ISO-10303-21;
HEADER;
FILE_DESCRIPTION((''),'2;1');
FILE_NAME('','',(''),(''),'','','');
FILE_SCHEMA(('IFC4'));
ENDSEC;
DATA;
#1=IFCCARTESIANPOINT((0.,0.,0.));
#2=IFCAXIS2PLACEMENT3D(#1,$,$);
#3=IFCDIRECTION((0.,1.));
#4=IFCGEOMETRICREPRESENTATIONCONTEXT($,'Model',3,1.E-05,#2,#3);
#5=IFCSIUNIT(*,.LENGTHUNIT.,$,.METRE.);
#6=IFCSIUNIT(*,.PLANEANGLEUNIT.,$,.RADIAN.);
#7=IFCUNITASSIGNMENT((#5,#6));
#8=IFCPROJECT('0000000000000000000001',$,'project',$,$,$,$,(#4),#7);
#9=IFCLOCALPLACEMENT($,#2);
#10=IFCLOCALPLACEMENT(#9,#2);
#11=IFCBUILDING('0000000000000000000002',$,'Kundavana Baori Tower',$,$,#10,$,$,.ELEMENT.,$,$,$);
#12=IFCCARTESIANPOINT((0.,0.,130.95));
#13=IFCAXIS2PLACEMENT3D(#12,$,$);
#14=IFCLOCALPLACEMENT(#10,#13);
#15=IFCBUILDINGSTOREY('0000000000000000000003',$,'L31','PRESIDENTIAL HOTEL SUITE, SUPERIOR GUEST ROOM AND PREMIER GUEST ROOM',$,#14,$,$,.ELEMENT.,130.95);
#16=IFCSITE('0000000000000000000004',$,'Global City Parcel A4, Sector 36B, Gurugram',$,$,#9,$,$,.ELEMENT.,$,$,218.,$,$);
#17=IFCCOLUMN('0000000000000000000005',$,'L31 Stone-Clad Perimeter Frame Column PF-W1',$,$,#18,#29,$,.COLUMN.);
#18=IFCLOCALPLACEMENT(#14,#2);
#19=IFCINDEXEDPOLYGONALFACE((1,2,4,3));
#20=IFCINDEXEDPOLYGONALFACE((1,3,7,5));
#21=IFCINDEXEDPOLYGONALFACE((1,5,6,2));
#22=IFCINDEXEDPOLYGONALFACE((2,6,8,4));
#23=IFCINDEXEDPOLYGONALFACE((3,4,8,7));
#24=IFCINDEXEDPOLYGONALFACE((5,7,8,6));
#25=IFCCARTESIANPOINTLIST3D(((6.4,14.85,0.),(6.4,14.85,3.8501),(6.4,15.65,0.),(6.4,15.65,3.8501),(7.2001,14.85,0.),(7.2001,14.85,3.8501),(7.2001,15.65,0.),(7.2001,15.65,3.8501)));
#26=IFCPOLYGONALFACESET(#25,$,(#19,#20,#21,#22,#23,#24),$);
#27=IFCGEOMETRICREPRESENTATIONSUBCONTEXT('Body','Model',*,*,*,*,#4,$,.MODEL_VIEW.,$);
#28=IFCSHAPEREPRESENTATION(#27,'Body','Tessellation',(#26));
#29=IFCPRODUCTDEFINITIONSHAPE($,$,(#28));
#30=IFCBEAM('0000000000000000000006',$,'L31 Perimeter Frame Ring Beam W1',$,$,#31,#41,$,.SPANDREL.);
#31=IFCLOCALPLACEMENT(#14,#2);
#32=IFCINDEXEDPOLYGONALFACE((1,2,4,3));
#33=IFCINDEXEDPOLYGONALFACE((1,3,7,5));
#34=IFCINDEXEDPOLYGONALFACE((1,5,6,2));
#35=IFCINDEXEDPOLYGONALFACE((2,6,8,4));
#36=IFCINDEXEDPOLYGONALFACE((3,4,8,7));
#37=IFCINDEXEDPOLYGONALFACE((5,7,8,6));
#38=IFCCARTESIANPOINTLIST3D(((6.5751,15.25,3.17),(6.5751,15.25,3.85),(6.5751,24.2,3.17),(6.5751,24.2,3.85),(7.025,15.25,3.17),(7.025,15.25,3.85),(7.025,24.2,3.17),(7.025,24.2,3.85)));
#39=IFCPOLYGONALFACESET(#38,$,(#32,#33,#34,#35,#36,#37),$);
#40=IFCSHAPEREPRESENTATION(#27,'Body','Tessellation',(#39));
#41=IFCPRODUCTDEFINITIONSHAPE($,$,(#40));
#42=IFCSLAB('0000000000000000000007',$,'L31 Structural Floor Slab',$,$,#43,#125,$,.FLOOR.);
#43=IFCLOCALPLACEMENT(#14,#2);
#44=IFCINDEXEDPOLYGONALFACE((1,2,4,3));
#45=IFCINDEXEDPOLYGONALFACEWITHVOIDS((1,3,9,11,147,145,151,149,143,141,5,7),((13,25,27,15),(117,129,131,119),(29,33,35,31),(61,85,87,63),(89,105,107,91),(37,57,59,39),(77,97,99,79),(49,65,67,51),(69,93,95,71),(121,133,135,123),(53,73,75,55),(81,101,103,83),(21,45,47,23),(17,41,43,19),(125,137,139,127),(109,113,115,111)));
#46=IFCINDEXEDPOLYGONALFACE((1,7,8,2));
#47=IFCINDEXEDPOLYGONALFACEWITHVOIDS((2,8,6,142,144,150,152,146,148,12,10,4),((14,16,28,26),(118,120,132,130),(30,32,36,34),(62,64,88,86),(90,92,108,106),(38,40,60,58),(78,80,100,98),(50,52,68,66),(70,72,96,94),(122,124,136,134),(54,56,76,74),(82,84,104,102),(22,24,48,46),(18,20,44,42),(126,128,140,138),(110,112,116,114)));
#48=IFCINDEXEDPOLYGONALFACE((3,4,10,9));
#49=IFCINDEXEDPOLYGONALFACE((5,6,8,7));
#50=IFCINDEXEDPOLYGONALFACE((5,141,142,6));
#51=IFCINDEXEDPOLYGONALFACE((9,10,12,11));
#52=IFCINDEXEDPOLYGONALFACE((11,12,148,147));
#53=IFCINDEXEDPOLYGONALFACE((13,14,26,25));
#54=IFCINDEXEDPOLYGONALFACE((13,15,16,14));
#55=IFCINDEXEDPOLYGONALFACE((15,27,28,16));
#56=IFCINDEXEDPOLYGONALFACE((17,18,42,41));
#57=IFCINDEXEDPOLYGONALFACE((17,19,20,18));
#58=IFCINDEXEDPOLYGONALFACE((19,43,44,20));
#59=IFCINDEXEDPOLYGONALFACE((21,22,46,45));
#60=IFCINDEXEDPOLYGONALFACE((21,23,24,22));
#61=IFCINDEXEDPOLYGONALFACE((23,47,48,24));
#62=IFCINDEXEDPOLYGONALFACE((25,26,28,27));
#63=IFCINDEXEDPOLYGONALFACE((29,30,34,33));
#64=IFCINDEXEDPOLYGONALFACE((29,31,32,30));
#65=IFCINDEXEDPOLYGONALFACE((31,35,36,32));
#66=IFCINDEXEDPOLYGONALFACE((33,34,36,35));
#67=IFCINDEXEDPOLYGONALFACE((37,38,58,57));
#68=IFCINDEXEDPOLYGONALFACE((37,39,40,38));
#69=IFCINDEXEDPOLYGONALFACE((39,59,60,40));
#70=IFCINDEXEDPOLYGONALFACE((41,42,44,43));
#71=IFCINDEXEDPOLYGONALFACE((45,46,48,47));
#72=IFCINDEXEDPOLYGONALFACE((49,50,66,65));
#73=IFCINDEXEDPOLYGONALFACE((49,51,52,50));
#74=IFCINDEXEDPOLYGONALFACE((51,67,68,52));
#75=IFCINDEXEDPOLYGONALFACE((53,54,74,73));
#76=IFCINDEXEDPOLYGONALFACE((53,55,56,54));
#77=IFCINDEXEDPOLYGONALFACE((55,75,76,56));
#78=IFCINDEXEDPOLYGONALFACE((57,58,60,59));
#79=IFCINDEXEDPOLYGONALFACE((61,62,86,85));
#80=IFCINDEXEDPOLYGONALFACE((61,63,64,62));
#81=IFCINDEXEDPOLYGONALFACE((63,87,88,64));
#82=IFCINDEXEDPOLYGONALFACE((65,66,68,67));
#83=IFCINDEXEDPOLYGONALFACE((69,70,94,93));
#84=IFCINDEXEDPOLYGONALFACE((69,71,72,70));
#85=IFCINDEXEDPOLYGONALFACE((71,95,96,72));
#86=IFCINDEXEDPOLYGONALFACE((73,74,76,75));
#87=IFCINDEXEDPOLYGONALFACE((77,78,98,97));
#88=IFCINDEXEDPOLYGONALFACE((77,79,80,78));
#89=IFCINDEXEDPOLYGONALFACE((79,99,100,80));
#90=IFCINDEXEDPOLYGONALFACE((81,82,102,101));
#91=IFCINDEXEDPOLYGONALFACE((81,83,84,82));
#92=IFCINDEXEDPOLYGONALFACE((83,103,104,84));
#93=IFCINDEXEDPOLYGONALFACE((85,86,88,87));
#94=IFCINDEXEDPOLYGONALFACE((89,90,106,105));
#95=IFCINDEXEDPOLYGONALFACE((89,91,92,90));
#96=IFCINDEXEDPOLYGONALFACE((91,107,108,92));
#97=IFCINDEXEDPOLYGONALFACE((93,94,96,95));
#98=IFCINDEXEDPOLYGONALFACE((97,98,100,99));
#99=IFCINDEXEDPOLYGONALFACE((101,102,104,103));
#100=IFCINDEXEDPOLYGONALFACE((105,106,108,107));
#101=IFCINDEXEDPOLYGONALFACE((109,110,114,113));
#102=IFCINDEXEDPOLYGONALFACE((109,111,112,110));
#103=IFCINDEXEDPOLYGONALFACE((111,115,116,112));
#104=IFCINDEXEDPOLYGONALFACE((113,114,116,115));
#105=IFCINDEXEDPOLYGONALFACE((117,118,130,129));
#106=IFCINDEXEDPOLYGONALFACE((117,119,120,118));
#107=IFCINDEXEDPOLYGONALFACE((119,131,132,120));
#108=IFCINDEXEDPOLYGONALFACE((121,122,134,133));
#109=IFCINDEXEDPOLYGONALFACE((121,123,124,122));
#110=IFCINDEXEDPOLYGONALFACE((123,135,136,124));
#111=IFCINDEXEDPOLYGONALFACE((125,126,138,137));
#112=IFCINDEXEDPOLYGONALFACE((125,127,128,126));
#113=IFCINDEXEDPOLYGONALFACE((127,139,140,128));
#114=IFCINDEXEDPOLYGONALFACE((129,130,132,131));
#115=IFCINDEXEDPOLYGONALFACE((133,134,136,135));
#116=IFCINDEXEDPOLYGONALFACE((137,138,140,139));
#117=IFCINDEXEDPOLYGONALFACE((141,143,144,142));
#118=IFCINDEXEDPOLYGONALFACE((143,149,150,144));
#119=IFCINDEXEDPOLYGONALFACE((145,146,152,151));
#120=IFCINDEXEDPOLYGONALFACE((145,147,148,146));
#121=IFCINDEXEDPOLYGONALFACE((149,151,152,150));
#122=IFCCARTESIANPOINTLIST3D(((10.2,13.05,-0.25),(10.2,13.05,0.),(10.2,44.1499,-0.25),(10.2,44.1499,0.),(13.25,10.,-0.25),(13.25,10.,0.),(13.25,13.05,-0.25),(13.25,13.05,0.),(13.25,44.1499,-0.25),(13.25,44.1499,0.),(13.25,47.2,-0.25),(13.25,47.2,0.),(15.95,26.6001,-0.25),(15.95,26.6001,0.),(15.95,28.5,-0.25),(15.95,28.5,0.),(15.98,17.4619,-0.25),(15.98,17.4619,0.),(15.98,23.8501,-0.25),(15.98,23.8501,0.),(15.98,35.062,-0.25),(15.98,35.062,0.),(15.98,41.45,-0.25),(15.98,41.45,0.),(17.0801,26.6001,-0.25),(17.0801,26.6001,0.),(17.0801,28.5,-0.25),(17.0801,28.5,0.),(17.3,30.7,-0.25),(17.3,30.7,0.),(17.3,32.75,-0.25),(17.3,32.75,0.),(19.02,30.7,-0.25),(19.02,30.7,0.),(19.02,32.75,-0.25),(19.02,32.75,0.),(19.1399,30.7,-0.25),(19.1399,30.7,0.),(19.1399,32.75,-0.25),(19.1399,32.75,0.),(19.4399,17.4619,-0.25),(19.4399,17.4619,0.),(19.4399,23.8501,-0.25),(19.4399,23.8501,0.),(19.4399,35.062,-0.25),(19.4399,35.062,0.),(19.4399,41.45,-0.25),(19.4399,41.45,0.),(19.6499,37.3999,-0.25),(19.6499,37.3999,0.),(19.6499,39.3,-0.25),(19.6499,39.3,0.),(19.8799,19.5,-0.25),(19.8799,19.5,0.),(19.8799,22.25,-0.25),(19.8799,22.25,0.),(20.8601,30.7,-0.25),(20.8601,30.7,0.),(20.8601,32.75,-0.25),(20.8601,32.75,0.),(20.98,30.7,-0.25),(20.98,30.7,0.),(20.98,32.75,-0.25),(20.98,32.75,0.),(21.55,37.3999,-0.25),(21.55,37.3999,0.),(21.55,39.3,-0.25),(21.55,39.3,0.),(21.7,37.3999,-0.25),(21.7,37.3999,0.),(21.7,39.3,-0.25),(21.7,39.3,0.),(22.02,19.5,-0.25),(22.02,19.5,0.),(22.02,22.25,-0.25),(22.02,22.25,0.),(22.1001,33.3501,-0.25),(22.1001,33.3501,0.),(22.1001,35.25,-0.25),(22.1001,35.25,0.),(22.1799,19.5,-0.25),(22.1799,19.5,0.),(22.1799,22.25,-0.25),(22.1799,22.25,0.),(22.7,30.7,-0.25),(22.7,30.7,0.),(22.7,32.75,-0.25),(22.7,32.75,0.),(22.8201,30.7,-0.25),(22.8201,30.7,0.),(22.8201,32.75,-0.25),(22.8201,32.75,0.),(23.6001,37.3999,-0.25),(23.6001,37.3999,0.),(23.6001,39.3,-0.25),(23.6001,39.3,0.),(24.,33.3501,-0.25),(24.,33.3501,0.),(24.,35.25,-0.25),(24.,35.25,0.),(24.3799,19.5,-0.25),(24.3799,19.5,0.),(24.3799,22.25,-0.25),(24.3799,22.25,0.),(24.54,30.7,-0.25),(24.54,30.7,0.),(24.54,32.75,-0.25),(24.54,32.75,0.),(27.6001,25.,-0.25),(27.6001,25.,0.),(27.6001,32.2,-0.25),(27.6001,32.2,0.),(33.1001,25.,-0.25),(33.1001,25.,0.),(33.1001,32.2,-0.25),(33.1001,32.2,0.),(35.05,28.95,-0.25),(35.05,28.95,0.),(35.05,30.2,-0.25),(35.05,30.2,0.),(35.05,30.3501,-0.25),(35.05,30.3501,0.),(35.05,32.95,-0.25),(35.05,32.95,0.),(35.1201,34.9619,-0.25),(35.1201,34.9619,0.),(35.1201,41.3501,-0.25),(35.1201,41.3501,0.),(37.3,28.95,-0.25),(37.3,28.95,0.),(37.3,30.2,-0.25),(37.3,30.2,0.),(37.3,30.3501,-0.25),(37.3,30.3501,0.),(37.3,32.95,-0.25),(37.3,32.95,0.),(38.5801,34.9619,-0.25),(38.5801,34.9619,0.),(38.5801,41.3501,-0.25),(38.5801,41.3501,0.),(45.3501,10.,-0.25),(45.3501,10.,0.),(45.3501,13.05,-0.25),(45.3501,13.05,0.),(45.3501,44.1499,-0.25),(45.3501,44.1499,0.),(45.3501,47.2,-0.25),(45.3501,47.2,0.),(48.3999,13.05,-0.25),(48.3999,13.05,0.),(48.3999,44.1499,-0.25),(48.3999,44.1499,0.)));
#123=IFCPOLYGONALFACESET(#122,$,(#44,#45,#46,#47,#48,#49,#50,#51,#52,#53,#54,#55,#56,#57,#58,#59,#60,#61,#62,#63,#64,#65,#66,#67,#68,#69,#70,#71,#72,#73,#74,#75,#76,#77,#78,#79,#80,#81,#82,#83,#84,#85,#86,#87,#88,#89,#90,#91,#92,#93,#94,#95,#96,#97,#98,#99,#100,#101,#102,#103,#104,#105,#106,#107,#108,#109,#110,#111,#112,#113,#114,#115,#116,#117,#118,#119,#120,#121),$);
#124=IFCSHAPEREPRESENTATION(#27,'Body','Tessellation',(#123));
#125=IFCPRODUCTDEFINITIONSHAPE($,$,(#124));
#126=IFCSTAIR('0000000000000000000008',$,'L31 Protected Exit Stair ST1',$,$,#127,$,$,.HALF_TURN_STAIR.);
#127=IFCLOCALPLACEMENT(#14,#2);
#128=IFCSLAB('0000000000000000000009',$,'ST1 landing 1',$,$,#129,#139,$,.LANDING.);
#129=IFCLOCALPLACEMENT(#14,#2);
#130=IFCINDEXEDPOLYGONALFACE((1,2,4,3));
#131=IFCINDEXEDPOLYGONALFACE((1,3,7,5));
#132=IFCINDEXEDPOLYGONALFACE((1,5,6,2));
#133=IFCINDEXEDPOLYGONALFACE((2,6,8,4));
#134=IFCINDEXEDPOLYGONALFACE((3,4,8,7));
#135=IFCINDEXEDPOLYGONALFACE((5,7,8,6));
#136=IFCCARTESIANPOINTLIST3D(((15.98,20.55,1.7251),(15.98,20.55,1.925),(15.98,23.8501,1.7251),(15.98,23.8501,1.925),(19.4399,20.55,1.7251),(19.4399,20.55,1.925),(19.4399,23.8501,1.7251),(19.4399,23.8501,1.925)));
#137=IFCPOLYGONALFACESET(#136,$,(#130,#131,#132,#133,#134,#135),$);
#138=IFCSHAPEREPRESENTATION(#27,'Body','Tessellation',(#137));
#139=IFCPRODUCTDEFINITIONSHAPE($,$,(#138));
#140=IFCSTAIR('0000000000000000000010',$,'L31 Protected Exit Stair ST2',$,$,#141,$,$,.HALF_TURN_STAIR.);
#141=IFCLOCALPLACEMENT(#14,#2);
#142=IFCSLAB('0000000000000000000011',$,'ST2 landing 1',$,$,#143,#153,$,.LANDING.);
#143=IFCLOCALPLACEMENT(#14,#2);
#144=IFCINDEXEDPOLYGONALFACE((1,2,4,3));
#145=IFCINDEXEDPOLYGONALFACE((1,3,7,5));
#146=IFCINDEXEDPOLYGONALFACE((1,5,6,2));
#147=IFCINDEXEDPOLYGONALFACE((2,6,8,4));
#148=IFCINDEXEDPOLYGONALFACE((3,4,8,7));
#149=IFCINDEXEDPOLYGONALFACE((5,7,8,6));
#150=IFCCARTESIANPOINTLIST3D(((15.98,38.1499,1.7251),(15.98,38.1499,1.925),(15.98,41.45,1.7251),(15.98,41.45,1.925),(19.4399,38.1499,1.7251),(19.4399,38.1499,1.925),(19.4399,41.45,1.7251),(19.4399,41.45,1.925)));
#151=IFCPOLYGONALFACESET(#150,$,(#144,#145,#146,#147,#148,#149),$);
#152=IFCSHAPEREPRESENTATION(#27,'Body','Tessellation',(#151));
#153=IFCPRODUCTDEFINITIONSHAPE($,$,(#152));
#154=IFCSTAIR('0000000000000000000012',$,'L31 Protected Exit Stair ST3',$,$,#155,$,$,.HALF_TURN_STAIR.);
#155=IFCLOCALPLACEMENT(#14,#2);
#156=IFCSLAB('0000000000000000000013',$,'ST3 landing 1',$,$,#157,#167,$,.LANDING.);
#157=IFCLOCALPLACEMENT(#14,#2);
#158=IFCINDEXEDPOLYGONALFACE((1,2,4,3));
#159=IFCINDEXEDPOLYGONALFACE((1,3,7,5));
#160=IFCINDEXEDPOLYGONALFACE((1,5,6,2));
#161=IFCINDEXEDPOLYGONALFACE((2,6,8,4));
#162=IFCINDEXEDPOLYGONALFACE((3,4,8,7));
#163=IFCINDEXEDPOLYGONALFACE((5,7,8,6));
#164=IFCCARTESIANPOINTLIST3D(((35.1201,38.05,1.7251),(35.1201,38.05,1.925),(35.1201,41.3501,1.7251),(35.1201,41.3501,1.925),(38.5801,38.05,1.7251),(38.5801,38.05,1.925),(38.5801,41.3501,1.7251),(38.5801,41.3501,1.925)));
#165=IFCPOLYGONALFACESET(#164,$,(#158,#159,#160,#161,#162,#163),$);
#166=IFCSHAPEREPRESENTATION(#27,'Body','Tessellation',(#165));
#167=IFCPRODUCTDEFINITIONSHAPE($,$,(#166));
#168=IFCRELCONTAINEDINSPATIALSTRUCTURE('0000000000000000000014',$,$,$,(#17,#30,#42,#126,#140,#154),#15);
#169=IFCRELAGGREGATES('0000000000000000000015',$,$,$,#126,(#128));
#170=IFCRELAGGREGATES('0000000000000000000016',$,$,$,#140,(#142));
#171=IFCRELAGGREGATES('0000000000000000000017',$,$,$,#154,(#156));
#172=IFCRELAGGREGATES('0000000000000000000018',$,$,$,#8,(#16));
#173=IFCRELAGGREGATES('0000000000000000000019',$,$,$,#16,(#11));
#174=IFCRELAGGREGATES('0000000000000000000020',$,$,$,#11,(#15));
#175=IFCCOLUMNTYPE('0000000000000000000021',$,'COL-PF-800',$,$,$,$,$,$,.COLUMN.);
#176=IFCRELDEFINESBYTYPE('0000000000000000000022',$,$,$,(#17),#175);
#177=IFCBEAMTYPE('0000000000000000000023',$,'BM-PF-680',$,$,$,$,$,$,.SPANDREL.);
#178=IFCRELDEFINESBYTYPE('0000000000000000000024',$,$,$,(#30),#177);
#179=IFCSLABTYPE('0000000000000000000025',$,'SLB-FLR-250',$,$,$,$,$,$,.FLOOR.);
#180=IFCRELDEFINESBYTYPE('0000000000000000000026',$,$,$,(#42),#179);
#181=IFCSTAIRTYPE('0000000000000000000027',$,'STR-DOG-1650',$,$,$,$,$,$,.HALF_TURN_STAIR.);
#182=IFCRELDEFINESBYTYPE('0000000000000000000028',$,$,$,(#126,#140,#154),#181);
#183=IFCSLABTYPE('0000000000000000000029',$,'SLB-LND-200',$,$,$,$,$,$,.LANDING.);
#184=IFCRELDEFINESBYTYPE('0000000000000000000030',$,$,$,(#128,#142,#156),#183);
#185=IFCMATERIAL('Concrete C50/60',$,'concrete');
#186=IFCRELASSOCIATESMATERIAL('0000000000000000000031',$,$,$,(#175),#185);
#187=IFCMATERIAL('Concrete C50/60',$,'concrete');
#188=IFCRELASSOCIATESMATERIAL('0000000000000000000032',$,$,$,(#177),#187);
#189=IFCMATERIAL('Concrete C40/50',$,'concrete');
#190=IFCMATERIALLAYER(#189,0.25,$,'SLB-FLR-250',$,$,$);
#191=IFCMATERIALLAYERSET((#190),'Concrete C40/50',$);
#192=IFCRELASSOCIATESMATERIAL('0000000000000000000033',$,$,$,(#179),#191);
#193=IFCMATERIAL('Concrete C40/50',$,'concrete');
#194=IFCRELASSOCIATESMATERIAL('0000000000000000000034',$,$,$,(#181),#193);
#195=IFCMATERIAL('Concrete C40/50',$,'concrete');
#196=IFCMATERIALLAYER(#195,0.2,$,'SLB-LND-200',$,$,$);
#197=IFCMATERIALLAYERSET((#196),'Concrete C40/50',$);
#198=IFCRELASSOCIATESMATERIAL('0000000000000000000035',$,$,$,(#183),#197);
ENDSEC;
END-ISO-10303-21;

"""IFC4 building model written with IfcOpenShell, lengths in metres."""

from ifc_helpers import new_model, si_unit, direction, frame, origin, origin_2d, place, context, subcontext, project, spatial, polyline, rectangle, outline, extrude, material, layer, layer_set, material_profile, profile_set, type_object, element, aggregate, save


model = new_model("IFC4")

# Units and contexts
model_context = context("Model", 3, precision=1e-05, world=origin(), true_north=direction((0.0, 1.0)))
body_context = subcontext(model_context, "Body", "Model", "MODEL_VIEW")
ifc_project = project(units=[si_unit("LENGTHUNIT", "METRE"), si_unit("PLANEANGLEUNIT", "RADIAN")], contexts=[model_context])

# Site, building, storey
site_placement = place(None, origin())
site = spatial("IfcSite", under=ifc_project, at=site_placement, Name="Global City Parcel A4, Sector 36B, Gurugram", CompositionType="ELEMENT", RefElevation=218.0)
building_placement = place(site_placement, origin())
building = spatial("IfcBuilding", under=site, at=building_placement, Name="Kundavana Baori Tower", CompositionType="ELEMENT")
storey_placement = place(building_placement, frame((0.0, 0.0, 130.95)))
storey = spatial("IfcBuildingStorey", under=building, at=storey_placement, Name="L31", Description="PRESIDENTIAL HOTEL SUITE, SUPERIOR GUEST ROOM AND PREMIER GUEST ROOM", CompositionType="ELEMENT", Elevation=130.95)

# Column
ifc_material_1 = material(Name="Concrete C50/60", Category="concrete")
ifc_material_profile_1 = material_profile(ifc_material_1, rectangle(XDim=0.8, YDim=0.8, at=origin_2d()), Name="RC PF 800x800")
ifc_profile_set_1 = profile_set([ifc_material_profile_1], Name="Concrete C50/60")
column_type = type_object("IfcColumnType", Name="COL-PF-800", PredefinedType="COLUMN", material=ifc_profile_set_1)
column_placement = place(storey_placement, frame((6.8, 15.25, 0.0), z_axis=(0.0, 0.0, 1.0), x_axis=(1.0, 0.0, 0.0)))
element("IfcColumn", 1, at=column_placement, inside=storey, type_object=column_type, Name="L31 Stone-Clad Perimeter Frame Column PF-W1", PredefinedType="COLUMN", context=body_context, shape_type="SweptSolid", body=[
    extrude(rectangle(XDim=0.8, YDim=0.8, at=origin_2d()), origin(), (0.0, 0.0, 1.0), 3.8501),
])

# Beam
ifc_material_2 = material(Name="Concrete C50/60", Category="concrete")
ifc_material_profile_2 = material_profile(ifc_material_2, rectangle(XDim=0.45, YDim=0.6799, at=origin_2d()), Name="RC BM 450x680")
ifc_profile_set_2 = profile_set([ifc_material_profile_2], Name="Concrete C50/60")
beam_type = type_object("IfcBeamType", Name="BM-PF-680", PredefinedType="SPANDREL", material=ifc_profile_set_2)
beam_placement = place(storey_placement, frame((6.8, 15.25, 3.51), z_axis=(0.0, 1.0, 0.0), x_axis=(-1.0, 0.0, 0.0)))
element("IfcBeam", 2, at=beam_placement, inside=storey, type_object=beam_type, Name="L31 Perimeter Frame Ring Beam W1", PredefinedType="SPANDREL", context=body_context, shape_type="SweptSolid", body=[
    extrude(rectangle(XDim=0.45, YDim=0.6799, at=origin_2d()), origin(), (0.0, 0.0, 1.0), 8.95),
])

# Slab
ifc_material_3 = material(Name="Concrete C40/50", Category="concrete")
ifc_layer_1 = layer(ifc_material_3, 0.25, Name="SLB-FLR-250")
ifc_layer_set_1 = layer_set([ifc_layer_1], Name="Concrete C40/50")
slab_type_1 = type_object("IfcSlabType", Name="SLB-FLR-250", PredefinedType="FLOOR", material=ifc_layer_set_1)
slab_1_placement = place(storey_placement, frame((0.0, 0.0, -0.25)))
element("IfcSlab", 3, at=slab_1_placement, inside=storey, type_object=slab_type_1, Name="L31 Structural Floor Slab", PredefinedType="FLOOR", context=body_context, shape_type="SweptSolid", body=[
    extrude(outline(polyline([(13.25, 10.0), (45.3501, 10.0), (45.3501, 13.05), (48.3999, 13.05), (48.3999, 44.1499), (45.3501, 44.1499), (45.3501, 47.2), (13.25, 47.2), (13.25, 44.1499), (10.2, 44.1499), (10.2, 13.05), (13.25, 13.05), (13.25, 10.0)]), holes=[polyline([(19.4399, 17.4619), (19.4399, 23.8501), (15.98, 23.8501), (15.98, 17.4619), (19.4399, 17.4619)]), polyline([(19.4399, 35.062), (19.4399, 41.45), (15.98, 41.45), (15.98, 35.062), (19.4399, 35.062)]), polyline([(38.5801, 34.9619), (38.5801, 41.3501), (35.1201, 41.3501), (35.1201, 34.9619), (38.5801, 34.9619)]), polyline([(17.3, 30.7), (19.02, 30.7), (19.02, 32.75), (17.3, 32.75), (17.3, 30.7)]), polyline([(19.1399, 30.7), (20.8601, 30.7), (20.8601, 32.75), (19.1399, 32.75), (19.1399, 30.7)]), polyline([(20.98, 30.7), (22.7, 30.7), (22.7, 32.75), (20.98, 32.75), (20.98, 30.7)]), polyline([(22.8201, 30.7), (24.54, 30.7), (24.54, 32.75), (22.8201, 32.75), (22.8201, 30.7)]), polyline([(19.6499, 37.3999), (21.55, 37.3999), (21.55, 39.3), (19.6499, 39.3), (19.6499, 37.3999)]), polyline([(21.7, 37.3999), (23.6001, 37.3999), (23.6001, 39.3), (21.7, 39.3), (21.7, 37.3999)]), polyline([(22.1001, 33.3501), (24.0, 33.3501), (24.0, 35.25), (22.1001, 35.25), (22.1001, 33.3501)]), polyline([(19.8799, 19.5), (22.02, 19.5), (22.02, 22.25), (19.8799, 22.25), (19.8799, 19.5)]), polyline([(22.1799, 19.5), (24.3799, 19.5), (24.3799, 22.25), (22.1799, 22.25), (22.1799, 19.5)]), polyline([(35.05, 30.3501), (37.3, 30.3501), (37.3, 32.95), (35.05, 32.95), (35.05, 30.3501)]), polyline([(15.95, 26.6001), (17.0801, 26.6001), (17.0801, 28.5), (15.95, 28.5), (15.95, 26.6001)]), polyline([(35.05, 28.95), (37.3, 28.95), (37.3, 30.2), (35.05, 30.2), (35.05, 28.95)]), polyline([(27.6001, 25.0), (33.1001, 25.0), (33.1001, 32.2), (27.6001, 32.2), (27.6001, 25.0)])]), origin(), (0.0, 0.0, 1.0), 0.25),
])

# Stairs, slabs
ifc_material_4 = material(Name="Concrete C40/50", Category="concrete")
stair_type = type_object("IfcStairType", Name="STR-DOG-1650", PredefinedType="HALF_TURN_STAIR", material=ifc_material_4)
stair_1_placement = place(storey_placement, origin())
stair_1 = element("IfcStair", 4, at=stair_1_placement, inside=storey, type_object=stair_type, Name="L31 Protected Exit Stair ST1", PredefinedType="HALF_TURN_STAIR")
ifc_material_5 = material(Name="Concrete C40/50", Category="concrete")
ifc_layer_2 = layer(ifc_material_5, 0.2, Name="SLB-LND-200")
ifc_layer_set_2 = layer_set([ifc_layer_2], Name="Concrete C40/50")
slab_type_2 = type_object("IfcSlabType", Name="SLB-LND-200", PredefinedType="LANDING", material=ifc_layer_set_2)
slab_2_placement = place(storey_placement, frame((0.0, 0.0, 1.7251)))
slab_2 = element("IfcSlab", 5, at=slab_2_placement, type_object=slab_type_2, Name="ST1 landing 1", PredefinedType="LANDING", context=body_context, shape_type="SweptSolid", body=[
    extrude(outline(polyline([(19.4399, 20.55), (19.4399, 23.8501), (15.98, 23.8501), (15.98, 20.55), (19.4399, 20.55)])), origin(), (0.0, 0.0, 1.0), 0.2),
])
aggregate(stair_1, [slab_2])
stair_2_placement = place(storey_placement, origin())
stair_2 = element("IfcStair", 6, at=stair_2_placement, inside=storey, type_object=stair_type, Name="L31 Protected Exit Stair ST2", PredefinedType="HALF_TURN_STAIR")
slab_3_placement = place(storey_placement, frame((0.0, 0.0, 1.7251)))
slab_3 = element("IfcSlab", 7, at=slab_3_placement, type_object=slab_type_2, Name="ST2 landing 1", PredefinedType="LANDING", context=body_context, shape_type="SweptSolid", body=[
    extrude(outline(polyline([(19.4399, 38.1499), (19.4399, 41.45), (15.98, 41.45), (15.98, 38.1499), (19.4399, 38.1499)])), origin(), (0.0, 0.0, 1.0), 0.2),
])
aggregate(stair_2, [slab_3])
stair_3_placement = place(storey_placement, origin())
stair_3 = element("IfcStair", 8, at=stair_3_placement, inside=storey, type_object=stair_type, Name="L31 Protected Exit Stair ST3", PredefinedType="HALF_TURN_STAIR")
slab_4_placement = place(storey_placement, frame((0.0, 0.0, 1.7251)))
slab_4 = element("IfcSlab", 9, at=slab_4_placement, type_object=slab_type_2, Name="ST3 landing 1", PredefinedType="LANDING", context=body_context, shape_type="SweptSolid", body=[
    extrude(outline(polyline([(38.5801, 38.05), (38.5801, 41.3501), (35.1201, 41.3501), (35.1201, 38.05), (38.5801, 38.05)])), origin(), (0.0, 0.0, 1.0), 0.2),
])
aggregate(stair_3, [slab_4])

save(model, "model.ifc")
